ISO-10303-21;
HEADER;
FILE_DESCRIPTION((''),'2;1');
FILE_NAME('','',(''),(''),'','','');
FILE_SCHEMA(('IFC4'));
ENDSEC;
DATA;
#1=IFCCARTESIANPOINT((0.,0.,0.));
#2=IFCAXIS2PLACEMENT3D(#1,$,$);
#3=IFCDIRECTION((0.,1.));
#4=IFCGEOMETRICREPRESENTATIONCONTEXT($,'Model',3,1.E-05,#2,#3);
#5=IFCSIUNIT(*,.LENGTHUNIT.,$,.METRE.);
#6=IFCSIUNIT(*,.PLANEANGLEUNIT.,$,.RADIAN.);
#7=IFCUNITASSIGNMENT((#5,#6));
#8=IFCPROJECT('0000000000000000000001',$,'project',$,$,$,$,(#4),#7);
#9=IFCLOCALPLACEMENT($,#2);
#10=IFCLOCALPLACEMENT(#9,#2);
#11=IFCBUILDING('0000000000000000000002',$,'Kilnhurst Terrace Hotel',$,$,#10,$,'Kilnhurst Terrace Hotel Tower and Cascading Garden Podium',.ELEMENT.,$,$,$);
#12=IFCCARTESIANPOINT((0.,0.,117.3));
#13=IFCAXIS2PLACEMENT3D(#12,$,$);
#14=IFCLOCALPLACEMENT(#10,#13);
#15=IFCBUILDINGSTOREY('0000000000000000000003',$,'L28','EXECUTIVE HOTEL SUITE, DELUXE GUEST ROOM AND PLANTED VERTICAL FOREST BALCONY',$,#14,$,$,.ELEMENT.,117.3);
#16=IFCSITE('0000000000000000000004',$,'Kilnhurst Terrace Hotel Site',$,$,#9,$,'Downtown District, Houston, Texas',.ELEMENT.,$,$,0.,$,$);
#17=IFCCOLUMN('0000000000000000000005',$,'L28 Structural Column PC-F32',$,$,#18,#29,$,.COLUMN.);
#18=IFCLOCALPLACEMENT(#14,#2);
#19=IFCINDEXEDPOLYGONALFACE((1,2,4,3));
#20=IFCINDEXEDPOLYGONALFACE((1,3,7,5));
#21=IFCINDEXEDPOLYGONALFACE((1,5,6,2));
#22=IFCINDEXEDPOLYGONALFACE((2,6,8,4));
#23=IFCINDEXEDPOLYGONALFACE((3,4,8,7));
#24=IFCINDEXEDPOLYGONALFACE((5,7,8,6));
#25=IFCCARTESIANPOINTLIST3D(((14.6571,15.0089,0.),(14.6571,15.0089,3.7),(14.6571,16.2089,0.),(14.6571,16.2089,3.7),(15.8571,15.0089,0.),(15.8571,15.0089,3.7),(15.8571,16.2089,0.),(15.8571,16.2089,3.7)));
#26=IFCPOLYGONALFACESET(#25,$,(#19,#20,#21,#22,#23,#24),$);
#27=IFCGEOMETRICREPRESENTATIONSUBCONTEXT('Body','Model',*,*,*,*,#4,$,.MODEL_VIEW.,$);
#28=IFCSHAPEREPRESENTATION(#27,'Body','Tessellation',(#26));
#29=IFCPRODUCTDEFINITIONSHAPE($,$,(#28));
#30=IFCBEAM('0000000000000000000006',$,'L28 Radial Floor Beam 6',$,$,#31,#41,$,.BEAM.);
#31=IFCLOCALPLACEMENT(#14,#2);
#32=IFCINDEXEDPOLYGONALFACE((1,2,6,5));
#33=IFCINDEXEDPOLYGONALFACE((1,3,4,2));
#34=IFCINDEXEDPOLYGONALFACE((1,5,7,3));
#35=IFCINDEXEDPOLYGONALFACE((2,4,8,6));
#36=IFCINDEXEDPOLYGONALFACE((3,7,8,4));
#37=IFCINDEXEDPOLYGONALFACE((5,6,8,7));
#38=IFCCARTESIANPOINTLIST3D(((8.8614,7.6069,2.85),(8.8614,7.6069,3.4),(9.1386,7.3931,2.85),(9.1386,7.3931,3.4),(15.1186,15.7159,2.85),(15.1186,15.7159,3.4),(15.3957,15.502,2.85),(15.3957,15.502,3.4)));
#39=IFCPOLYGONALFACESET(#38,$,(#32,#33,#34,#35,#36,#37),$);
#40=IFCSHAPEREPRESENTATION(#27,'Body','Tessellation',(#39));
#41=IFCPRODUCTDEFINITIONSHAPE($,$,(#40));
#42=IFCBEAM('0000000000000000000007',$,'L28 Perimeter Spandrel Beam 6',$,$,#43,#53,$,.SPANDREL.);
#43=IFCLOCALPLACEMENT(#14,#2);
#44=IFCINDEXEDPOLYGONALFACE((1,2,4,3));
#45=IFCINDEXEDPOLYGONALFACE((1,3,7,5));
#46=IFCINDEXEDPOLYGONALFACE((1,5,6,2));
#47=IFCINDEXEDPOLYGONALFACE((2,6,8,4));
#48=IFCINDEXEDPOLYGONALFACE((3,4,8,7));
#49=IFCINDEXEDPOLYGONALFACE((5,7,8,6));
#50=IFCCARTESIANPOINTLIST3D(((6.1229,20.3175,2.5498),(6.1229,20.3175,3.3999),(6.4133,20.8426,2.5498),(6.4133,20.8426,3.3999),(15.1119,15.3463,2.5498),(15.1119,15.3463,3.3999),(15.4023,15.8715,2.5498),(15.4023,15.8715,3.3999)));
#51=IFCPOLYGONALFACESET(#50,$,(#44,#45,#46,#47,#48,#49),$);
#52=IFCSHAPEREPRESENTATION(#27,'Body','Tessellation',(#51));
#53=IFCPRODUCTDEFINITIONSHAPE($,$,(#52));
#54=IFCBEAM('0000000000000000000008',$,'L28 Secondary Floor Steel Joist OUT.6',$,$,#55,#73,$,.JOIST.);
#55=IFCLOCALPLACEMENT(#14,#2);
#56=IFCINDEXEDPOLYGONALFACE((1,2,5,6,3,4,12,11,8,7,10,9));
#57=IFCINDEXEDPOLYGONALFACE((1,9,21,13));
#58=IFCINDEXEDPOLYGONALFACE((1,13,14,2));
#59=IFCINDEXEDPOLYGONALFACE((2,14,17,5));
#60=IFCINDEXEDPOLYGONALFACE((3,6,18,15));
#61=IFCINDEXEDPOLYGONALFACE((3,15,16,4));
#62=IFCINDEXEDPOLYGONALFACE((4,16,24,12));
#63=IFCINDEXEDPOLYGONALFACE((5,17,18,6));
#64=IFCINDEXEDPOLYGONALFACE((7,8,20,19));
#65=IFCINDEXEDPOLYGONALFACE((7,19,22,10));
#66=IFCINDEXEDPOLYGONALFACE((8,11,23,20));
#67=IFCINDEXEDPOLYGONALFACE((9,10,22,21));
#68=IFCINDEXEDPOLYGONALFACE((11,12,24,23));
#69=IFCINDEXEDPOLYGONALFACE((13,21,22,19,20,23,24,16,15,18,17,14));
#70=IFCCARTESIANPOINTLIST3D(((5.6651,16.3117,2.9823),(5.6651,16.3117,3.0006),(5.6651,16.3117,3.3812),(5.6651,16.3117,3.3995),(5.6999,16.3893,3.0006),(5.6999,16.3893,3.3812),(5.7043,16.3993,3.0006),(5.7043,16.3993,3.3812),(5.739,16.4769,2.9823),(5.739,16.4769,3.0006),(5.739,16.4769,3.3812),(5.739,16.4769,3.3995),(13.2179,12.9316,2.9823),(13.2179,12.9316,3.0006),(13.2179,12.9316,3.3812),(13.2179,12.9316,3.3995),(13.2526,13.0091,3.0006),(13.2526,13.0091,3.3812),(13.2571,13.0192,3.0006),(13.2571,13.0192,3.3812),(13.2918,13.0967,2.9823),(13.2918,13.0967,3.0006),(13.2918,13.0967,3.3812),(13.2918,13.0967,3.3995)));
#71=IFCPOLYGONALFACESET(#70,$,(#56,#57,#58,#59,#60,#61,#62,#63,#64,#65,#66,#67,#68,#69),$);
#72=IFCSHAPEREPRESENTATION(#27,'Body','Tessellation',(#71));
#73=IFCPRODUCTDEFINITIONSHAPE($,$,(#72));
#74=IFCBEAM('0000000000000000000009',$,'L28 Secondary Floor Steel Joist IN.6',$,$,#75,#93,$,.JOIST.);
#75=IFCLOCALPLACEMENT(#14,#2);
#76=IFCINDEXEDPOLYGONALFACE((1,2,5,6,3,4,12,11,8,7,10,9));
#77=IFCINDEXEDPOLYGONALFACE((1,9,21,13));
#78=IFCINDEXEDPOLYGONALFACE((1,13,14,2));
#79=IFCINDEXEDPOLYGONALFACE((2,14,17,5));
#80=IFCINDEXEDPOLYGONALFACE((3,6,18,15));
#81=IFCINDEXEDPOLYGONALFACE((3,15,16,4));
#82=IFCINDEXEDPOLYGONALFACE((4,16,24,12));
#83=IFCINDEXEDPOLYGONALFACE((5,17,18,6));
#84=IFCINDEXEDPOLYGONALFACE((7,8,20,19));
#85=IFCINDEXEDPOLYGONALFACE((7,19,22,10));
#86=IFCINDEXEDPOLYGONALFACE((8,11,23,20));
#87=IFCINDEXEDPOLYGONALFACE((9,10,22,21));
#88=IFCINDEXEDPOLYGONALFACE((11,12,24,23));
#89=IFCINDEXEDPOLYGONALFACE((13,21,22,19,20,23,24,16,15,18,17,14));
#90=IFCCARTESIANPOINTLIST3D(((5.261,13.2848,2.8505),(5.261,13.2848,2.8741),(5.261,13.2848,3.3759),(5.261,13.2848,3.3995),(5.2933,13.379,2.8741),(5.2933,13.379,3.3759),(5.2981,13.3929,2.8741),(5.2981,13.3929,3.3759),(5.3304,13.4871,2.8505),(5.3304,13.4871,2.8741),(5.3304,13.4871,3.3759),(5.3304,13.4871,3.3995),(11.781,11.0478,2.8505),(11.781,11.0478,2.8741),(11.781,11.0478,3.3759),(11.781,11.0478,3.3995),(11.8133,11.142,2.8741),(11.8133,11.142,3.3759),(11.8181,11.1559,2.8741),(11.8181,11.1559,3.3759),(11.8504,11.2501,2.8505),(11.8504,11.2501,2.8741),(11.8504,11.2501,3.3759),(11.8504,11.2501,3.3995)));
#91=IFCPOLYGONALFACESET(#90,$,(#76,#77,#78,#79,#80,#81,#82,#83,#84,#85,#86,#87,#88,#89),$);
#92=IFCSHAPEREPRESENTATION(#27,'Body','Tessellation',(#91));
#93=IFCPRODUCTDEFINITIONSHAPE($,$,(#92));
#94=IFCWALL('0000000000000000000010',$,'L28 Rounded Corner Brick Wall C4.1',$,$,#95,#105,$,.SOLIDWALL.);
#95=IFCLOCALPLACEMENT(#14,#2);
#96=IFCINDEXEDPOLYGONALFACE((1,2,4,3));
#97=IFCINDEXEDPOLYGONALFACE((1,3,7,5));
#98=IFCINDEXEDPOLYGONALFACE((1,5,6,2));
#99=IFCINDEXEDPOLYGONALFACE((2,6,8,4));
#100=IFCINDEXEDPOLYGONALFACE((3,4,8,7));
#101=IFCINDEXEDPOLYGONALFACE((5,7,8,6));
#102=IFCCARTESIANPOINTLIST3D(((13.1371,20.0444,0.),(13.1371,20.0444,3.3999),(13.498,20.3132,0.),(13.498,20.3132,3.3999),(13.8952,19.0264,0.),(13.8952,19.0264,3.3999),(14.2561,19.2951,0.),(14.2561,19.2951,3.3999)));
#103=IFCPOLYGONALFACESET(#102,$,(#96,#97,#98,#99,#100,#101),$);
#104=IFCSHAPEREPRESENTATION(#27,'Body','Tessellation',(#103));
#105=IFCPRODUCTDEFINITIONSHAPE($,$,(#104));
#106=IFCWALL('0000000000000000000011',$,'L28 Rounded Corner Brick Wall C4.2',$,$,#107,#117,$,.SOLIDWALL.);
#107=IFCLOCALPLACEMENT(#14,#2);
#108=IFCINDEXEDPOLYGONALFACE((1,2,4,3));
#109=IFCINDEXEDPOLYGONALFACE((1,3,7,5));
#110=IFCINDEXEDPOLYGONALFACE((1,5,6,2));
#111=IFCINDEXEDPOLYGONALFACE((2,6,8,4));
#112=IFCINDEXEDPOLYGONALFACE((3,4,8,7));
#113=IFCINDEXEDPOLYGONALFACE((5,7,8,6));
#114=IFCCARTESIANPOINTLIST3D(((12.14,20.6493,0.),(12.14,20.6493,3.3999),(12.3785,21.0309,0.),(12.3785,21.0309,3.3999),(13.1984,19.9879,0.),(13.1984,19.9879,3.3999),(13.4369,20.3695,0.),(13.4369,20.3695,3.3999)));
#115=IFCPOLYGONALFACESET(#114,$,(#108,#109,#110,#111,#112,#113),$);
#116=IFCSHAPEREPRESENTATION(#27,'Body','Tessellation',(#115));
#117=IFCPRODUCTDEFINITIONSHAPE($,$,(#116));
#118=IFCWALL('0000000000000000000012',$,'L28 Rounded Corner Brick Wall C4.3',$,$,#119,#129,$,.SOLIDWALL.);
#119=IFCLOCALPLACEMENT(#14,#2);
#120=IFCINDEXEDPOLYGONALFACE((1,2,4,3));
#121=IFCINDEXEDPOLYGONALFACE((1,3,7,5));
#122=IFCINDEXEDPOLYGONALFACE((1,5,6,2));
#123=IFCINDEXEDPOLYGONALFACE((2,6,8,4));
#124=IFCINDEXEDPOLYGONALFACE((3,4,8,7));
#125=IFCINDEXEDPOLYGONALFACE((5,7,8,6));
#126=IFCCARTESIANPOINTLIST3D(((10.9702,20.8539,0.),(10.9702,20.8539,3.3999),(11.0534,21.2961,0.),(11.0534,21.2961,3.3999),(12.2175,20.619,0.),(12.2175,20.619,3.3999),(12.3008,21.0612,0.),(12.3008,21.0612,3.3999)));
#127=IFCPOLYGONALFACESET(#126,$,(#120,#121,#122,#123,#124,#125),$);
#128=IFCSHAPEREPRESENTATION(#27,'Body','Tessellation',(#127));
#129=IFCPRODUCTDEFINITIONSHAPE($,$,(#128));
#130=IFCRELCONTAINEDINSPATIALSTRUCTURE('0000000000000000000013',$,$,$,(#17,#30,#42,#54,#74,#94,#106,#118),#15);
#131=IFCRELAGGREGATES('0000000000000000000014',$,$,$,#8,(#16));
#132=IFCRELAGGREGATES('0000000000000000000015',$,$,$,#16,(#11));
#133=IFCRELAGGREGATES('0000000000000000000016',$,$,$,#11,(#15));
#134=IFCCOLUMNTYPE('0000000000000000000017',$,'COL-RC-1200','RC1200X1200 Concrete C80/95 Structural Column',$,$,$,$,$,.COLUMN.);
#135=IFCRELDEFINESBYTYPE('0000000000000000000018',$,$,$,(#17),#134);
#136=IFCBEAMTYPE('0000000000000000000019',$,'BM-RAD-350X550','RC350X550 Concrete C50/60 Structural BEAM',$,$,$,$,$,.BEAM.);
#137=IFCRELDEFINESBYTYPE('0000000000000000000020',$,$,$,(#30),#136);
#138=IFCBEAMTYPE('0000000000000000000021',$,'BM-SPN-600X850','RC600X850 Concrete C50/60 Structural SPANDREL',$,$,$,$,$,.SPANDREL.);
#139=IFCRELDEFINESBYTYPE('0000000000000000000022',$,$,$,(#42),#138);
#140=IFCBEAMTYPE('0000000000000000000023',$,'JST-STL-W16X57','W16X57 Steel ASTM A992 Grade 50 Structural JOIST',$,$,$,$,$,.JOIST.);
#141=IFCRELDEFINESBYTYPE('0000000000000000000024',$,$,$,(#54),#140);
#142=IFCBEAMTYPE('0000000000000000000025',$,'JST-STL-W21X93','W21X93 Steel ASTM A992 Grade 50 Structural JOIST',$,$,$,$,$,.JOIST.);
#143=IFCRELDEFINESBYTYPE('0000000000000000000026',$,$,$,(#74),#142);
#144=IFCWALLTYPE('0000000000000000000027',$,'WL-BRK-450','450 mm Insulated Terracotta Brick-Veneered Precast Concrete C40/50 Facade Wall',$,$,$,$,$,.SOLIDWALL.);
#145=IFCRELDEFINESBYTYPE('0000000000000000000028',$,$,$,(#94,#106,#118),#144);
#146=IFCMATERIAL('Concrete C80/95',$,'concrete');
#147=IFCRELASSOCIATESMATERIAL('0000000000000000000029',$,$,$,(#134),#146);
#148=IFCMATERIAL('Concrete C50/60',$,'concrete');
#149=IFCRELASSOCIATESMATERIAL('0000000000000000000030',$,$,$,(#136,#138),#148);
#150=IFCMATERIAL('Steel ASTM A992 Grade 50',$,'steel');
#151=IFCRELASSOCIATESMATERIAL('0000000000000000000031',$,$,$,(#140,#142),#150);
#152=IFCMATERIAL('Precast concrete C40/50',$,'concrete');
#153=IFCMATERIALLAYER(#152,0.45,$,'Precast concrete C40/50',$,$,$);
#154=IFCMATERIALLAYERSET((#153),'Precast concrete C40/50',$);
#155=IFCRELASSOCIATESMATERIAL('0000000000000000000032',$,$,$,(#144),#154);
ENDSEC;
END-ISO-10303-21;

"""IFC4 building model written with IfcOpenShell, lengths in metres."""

from ifc_helpers import new_model, si_unit, direction, frame, frame_2d, origin, origin_2d, place, context, subcontext, project, spatial, rectangle, i_section, extrude, material, layer, layer_set, material_profile, profile_set, type_object, element, save


model = new_model("IFC4")

# Units and contexts
model_context = context("Model", 3, precision=1e-05, world=origin(), true_north=direction((0.0, 1.0)))
body_context = subcontext(model_context, "Body", "Model", "MODEL_VIEW")
ifc_project = project(units=[si_unit("LENGTHUNIT", "METRE"), si_unit("PLANEANGLEUNIT", "RADIAN")], contexts=[model_context])

# Site, building, storey
site_placement = place(None, origin())
site = spatial("IfcSite", under=ifc_project, at=site_placement, Name="Kilnhurst Terrace Hotel Site", LongName="Downtown District, Houston, Texas", CompositionType="ELEMENT", RefElevation=0.0)
building_placement = place(site_placement, origin())
building = spatial("IfcBuilding", under=site, at=building_placement, Name="Kilnhurst Terrace Hotel", LongName="Kilnhurst Terrace Hotel Tower and Cascading Garden Podium", CompositionType="ELEMENT")
storey_placement = place(building_placement, frame((0.0, 0.0, 117.3)))
storey = spatial("IfcBuildingStorey", under=building, at=storey_placement, Name="L28", Description="EXECUTIVE HOTEL SUITE, DELUXE GUEST ROOM AND PLANTED VERTICAL FOREST BALCONY", CompositionType="ELEMENT", Elevation=117.3)

# Column
ifc_material_1 = material(Name="Concrete C80/95", Category="concrete")
ifc_material_profile_1 = material_profile(ifc_material_1, rectangle(XDim=1.2, YDim=1.2, at=origin_2d()), Name="RC1200X1200")
ifc_profile_set_1 = profile_set([ifc_material_profile_1], Name="Concrete C80/95")
column_type = type_object("IfcColumnType", Name="COL-RC-1200", Description="RC1200X1200 Concrete C80/95 Structural Column", PredefinedType="COLUMN", material=ifc_profile_set_1)
column_placement = place(storey_placement, frame((15.2571, 15.6089, 0.0), z_axis=(0.0, 0.0, 1.0), x_axis=(1.0, 0.0, 0.0)))
element("IfcColumn", 1, at=column_placement, inside=storey, type_object=column_type, Name="L28 Structural Column PC-F32", PredefinedType="COLUMN", context=body_context, shape_type="SweptSolid", body=[
    extrude(rectangle(XDim=1.2, YDim=1.2, at=origin_2d()), origin(), (0.0, 0.0, 1.0), 3.7),
])

# Beams
ifc_material_2 = material(Name="Concrete C50/60", Category="concrete")
ifc_material_profile_2 = material_profile(ifc_material_2, rectangle(XDim=0.3501, YDim=0.55, at=origin_2d()), Name="RC350X550")
ifc_profile_set_2 = profile_set([ifc_material_profile_2], Name="Concrete C50/60")
beam_type_1 = type_object("IfcBeamType", Name="BM-RAD-350X550", Description="RC350X550 Concrete C50/60 Structural BEAM", PredefinedType="BEAM", material=ifc_profile_set_2)
beam_1_placement = place(storey_placement, frame((9.0, 7.5, 3.125), z_axis=(0.610905, 0.791704, 0.0), x_axis=(-0.791704, 0.610905, 0.0)))
element("IfcBeam", 2, at=beam_1_placement, inside=storey, type_object=beam_type_1, Name="L28 Radial Floor Beam 6", PredefinedType="BEAM", context=body_context, shape_type="SweptSolid", body=[
    extrude(rectangle(XDim=0.3501, YDim=0.55, at=origin_2d()), origin(), (0.0, 0.0, 1.0), 10.2424),
])
ifc_material_profile_3 = material_profile(ifc_material_2, rectangle(XDim=0.6001, YDim=0.8501, at=origin_2d()), Name="RC600X850")
ifc_profile_set_3 = profile_set([ifc_material_profile_3], Name="Concrete C50/60")
beam_type_2 = type_object("IfcBeamType", Name="BM-SPN-600X850", Description="RC600X850 Concrete C50/60 Structural SPANDREL", PredefinedType="SPANDREL", material=ifc_profile_set_3)
beam_2_placement = place(storey_placement, frame((15.2571, 15.6089, 2.9749), z_axis=(-0.875094, 0.483953, 0.0), x_axis=(-0.483953, -0.875094, 0.0)))
element("IfcBeam", 3, at=beam_2_placement, inside=storey, type_object=beam_type_2, Name="L28 Perimeter Spandrel Beam 6", PredefinedType="SPANDREL", context=body_context, shape_type="SweptSolid", body=[
    extrude(rectangle(XDim=0.6001, YDim=0.8501, at=origin_2d()), origin(), (0.0, 0.0, 1.0), 10.272),
])
ifc_material_3 = material(Name="Steel ASTM A992 Grade 50", Category="steel")
ifc_material_profile_4 = material_profile(ifc_material_3, i_section(OverallWidth=0.1809, OverallDepth=0.4172, WebThickness=0.011, FlangeThickness=0.0183, at=origin_2d()), Name="W16X57")
ifc_profile_set_4 = profile_set([ifc_material_profile_4], Name="Steel ASTM A992 Grade 50")
beam_type_3 = type_object("IfcBeamType", Name="JST-STL-W16X57", Description="W16X57 Steel ASTM A992 Grade 50 Structural JOIST", PredefinedType="JOIST", material=ifc_profile_set_4)
beam_3_placement = place(storey_placement, frame((13.2549, 13.0142, 3.1909), z_axis=(-0.912761, 0.408494, 0.0), x_axis=(-0.408494, -0.912761, 0.0)))
element("IfcBeam", 4, at=beam_3_placement, inside=storey, type_object=beam_type_3, Name="L28 Secondary Floor Steel Joist OUT.6", PredefinedType="JOIST", context=body_context, shape_type="SweptSolid", body=[
    extrude(i_section(OverallWidth=0.1809, OverallDepth=0.4172, WebThickness=0.011, FlangeThickness=0.0183, at=origin_2d()), origin(), (0.0, 0.0, 1.0), 8.2747),
])
ifc_material_profile_5 = material_profile(ifc_material_3, i_section(OverallWidth=0.2139, OverallDepth=0.5491, WebThickness=0.0146, FlangeThickness=0.0237, at=origin_2d()), Name="W21X93")
ifc_profile_set_5 = profile_set([ifc_material_profile_5], Name="Steel ASTM A992 Grade 50")
beam_type_4 = type_object("IfcBeamType", Name="JST-STL-W21X93", Description="W21X93 Steel ASTM A992 Grade 50 Structural JOIST", PredefinedType="JOIST", material=ifc_profile_set_5)
beam_4_placement = place(storey_placement, frame((11.8157, 11.1489, 3.125), z_axis=(-0.945874, 0.324535, 0.0), x_axis=(-0.324535, -0.945874, 0.0)))
element("IfcBeam", 5, at=beam_4_placement, inside=storey, type_object=beam_type_4, Name="L28 Secondary Floor Steel Joist IN.6", PredefinedType="JOIST", context=body_context, shape_type="SweptSolid", body=[
    extrude(i_section(OverallWidth=0.2139, OverallDepth=0.5491, WebThickness=0.0146, FlangeThickness=0.0237, at=origin_2d()), origin(), (0.0, 0.0, 1.0), 6.8931),
])

# Walls
ifc_material_4 = material(Name="Precast concrete C40/50", Category="concrete")
ifc_layer_1 = layer(ifc_material_4, 0.45, Name="Precast concrete C40/50")
ifc_layer_set_1 = layer_set([ifc_layer_1], Name="Precast concrete C40/50")
wall_type_1 = type_object("IfcWallType", Name="WL-BRK-450", Description="450 mm Insulated Terracotta Brick-Veneered Precast Concrete C40/50 Facade Wall", PredefinedType="SOLIDWALL", material=ifc_layer_set_1)
wall_1_placement = place(storey_placement, frame((14.0757, 19.1606, 0.0), z_axis=(0.0, 0.0, 1.0), x_axis=(-0.597227, 0.802073, 0.0)))
element("IfcWall", 6, at=wall_1_placement, inside=storey, type_object=wall_type_1, Name="L28 Rounded Corner Brick Wall C4.1", PredefinedType="SOLIDWALL", context=body_context, shape_type="SweptSolid", body=[
    extrude(rectangle(XDim=1.2693, YDim=0.45, at=frame_2d((0.6348, 0.0))), origin(), (0.0, 0.0, 1.0), 3.3999),
])
wall_2_placement = place(storey_placement, frame((13.3176, 20.1787, 0.0), z_axis=(0.0, 0.0, 1.0), x_axis=(-0.848031, 0.529946, 0.0)))
element("IfcWall", 7, at=wall_2_placement, inside=storey, type_object=wall_type_1, Name="L28 Rounded Corner Brick Wall C4.2", PredefinedType="SOLIDWALL", context=body_context, shape_type="SweptSolid", body=[
    extrude(rectangle(XDim=1.248, YDim=0.45, at=frame_2d((0.624, 0.0))), origin(), (0.0, 0.0, 1.0), 3.3999),
])
wall_3_placement = place(storey_placement, frame((12.2593, 20.8401, 0.0), z_axis=(0.0, 0.0, 1.0), x_axis=(-0.98273, 0.185043, 0.0)))
element("IfcWall", 8, at=wall_3_placement, inside=storey, type_object=wall_type_1, Name="L28 Rounded Corner Brick Wall C4.3", PredefinedType="SOLIDWALL", context=body_context, shape_type="SweptSolid", body=[
    extrude(rectangle(XDim=1.2693, YDim=0.45, at=frame_2d((0.6348, 0.0))), origin(), (0.0, 0.0, 1.0), 3.3999),
])

save(model, "model.ifc")
